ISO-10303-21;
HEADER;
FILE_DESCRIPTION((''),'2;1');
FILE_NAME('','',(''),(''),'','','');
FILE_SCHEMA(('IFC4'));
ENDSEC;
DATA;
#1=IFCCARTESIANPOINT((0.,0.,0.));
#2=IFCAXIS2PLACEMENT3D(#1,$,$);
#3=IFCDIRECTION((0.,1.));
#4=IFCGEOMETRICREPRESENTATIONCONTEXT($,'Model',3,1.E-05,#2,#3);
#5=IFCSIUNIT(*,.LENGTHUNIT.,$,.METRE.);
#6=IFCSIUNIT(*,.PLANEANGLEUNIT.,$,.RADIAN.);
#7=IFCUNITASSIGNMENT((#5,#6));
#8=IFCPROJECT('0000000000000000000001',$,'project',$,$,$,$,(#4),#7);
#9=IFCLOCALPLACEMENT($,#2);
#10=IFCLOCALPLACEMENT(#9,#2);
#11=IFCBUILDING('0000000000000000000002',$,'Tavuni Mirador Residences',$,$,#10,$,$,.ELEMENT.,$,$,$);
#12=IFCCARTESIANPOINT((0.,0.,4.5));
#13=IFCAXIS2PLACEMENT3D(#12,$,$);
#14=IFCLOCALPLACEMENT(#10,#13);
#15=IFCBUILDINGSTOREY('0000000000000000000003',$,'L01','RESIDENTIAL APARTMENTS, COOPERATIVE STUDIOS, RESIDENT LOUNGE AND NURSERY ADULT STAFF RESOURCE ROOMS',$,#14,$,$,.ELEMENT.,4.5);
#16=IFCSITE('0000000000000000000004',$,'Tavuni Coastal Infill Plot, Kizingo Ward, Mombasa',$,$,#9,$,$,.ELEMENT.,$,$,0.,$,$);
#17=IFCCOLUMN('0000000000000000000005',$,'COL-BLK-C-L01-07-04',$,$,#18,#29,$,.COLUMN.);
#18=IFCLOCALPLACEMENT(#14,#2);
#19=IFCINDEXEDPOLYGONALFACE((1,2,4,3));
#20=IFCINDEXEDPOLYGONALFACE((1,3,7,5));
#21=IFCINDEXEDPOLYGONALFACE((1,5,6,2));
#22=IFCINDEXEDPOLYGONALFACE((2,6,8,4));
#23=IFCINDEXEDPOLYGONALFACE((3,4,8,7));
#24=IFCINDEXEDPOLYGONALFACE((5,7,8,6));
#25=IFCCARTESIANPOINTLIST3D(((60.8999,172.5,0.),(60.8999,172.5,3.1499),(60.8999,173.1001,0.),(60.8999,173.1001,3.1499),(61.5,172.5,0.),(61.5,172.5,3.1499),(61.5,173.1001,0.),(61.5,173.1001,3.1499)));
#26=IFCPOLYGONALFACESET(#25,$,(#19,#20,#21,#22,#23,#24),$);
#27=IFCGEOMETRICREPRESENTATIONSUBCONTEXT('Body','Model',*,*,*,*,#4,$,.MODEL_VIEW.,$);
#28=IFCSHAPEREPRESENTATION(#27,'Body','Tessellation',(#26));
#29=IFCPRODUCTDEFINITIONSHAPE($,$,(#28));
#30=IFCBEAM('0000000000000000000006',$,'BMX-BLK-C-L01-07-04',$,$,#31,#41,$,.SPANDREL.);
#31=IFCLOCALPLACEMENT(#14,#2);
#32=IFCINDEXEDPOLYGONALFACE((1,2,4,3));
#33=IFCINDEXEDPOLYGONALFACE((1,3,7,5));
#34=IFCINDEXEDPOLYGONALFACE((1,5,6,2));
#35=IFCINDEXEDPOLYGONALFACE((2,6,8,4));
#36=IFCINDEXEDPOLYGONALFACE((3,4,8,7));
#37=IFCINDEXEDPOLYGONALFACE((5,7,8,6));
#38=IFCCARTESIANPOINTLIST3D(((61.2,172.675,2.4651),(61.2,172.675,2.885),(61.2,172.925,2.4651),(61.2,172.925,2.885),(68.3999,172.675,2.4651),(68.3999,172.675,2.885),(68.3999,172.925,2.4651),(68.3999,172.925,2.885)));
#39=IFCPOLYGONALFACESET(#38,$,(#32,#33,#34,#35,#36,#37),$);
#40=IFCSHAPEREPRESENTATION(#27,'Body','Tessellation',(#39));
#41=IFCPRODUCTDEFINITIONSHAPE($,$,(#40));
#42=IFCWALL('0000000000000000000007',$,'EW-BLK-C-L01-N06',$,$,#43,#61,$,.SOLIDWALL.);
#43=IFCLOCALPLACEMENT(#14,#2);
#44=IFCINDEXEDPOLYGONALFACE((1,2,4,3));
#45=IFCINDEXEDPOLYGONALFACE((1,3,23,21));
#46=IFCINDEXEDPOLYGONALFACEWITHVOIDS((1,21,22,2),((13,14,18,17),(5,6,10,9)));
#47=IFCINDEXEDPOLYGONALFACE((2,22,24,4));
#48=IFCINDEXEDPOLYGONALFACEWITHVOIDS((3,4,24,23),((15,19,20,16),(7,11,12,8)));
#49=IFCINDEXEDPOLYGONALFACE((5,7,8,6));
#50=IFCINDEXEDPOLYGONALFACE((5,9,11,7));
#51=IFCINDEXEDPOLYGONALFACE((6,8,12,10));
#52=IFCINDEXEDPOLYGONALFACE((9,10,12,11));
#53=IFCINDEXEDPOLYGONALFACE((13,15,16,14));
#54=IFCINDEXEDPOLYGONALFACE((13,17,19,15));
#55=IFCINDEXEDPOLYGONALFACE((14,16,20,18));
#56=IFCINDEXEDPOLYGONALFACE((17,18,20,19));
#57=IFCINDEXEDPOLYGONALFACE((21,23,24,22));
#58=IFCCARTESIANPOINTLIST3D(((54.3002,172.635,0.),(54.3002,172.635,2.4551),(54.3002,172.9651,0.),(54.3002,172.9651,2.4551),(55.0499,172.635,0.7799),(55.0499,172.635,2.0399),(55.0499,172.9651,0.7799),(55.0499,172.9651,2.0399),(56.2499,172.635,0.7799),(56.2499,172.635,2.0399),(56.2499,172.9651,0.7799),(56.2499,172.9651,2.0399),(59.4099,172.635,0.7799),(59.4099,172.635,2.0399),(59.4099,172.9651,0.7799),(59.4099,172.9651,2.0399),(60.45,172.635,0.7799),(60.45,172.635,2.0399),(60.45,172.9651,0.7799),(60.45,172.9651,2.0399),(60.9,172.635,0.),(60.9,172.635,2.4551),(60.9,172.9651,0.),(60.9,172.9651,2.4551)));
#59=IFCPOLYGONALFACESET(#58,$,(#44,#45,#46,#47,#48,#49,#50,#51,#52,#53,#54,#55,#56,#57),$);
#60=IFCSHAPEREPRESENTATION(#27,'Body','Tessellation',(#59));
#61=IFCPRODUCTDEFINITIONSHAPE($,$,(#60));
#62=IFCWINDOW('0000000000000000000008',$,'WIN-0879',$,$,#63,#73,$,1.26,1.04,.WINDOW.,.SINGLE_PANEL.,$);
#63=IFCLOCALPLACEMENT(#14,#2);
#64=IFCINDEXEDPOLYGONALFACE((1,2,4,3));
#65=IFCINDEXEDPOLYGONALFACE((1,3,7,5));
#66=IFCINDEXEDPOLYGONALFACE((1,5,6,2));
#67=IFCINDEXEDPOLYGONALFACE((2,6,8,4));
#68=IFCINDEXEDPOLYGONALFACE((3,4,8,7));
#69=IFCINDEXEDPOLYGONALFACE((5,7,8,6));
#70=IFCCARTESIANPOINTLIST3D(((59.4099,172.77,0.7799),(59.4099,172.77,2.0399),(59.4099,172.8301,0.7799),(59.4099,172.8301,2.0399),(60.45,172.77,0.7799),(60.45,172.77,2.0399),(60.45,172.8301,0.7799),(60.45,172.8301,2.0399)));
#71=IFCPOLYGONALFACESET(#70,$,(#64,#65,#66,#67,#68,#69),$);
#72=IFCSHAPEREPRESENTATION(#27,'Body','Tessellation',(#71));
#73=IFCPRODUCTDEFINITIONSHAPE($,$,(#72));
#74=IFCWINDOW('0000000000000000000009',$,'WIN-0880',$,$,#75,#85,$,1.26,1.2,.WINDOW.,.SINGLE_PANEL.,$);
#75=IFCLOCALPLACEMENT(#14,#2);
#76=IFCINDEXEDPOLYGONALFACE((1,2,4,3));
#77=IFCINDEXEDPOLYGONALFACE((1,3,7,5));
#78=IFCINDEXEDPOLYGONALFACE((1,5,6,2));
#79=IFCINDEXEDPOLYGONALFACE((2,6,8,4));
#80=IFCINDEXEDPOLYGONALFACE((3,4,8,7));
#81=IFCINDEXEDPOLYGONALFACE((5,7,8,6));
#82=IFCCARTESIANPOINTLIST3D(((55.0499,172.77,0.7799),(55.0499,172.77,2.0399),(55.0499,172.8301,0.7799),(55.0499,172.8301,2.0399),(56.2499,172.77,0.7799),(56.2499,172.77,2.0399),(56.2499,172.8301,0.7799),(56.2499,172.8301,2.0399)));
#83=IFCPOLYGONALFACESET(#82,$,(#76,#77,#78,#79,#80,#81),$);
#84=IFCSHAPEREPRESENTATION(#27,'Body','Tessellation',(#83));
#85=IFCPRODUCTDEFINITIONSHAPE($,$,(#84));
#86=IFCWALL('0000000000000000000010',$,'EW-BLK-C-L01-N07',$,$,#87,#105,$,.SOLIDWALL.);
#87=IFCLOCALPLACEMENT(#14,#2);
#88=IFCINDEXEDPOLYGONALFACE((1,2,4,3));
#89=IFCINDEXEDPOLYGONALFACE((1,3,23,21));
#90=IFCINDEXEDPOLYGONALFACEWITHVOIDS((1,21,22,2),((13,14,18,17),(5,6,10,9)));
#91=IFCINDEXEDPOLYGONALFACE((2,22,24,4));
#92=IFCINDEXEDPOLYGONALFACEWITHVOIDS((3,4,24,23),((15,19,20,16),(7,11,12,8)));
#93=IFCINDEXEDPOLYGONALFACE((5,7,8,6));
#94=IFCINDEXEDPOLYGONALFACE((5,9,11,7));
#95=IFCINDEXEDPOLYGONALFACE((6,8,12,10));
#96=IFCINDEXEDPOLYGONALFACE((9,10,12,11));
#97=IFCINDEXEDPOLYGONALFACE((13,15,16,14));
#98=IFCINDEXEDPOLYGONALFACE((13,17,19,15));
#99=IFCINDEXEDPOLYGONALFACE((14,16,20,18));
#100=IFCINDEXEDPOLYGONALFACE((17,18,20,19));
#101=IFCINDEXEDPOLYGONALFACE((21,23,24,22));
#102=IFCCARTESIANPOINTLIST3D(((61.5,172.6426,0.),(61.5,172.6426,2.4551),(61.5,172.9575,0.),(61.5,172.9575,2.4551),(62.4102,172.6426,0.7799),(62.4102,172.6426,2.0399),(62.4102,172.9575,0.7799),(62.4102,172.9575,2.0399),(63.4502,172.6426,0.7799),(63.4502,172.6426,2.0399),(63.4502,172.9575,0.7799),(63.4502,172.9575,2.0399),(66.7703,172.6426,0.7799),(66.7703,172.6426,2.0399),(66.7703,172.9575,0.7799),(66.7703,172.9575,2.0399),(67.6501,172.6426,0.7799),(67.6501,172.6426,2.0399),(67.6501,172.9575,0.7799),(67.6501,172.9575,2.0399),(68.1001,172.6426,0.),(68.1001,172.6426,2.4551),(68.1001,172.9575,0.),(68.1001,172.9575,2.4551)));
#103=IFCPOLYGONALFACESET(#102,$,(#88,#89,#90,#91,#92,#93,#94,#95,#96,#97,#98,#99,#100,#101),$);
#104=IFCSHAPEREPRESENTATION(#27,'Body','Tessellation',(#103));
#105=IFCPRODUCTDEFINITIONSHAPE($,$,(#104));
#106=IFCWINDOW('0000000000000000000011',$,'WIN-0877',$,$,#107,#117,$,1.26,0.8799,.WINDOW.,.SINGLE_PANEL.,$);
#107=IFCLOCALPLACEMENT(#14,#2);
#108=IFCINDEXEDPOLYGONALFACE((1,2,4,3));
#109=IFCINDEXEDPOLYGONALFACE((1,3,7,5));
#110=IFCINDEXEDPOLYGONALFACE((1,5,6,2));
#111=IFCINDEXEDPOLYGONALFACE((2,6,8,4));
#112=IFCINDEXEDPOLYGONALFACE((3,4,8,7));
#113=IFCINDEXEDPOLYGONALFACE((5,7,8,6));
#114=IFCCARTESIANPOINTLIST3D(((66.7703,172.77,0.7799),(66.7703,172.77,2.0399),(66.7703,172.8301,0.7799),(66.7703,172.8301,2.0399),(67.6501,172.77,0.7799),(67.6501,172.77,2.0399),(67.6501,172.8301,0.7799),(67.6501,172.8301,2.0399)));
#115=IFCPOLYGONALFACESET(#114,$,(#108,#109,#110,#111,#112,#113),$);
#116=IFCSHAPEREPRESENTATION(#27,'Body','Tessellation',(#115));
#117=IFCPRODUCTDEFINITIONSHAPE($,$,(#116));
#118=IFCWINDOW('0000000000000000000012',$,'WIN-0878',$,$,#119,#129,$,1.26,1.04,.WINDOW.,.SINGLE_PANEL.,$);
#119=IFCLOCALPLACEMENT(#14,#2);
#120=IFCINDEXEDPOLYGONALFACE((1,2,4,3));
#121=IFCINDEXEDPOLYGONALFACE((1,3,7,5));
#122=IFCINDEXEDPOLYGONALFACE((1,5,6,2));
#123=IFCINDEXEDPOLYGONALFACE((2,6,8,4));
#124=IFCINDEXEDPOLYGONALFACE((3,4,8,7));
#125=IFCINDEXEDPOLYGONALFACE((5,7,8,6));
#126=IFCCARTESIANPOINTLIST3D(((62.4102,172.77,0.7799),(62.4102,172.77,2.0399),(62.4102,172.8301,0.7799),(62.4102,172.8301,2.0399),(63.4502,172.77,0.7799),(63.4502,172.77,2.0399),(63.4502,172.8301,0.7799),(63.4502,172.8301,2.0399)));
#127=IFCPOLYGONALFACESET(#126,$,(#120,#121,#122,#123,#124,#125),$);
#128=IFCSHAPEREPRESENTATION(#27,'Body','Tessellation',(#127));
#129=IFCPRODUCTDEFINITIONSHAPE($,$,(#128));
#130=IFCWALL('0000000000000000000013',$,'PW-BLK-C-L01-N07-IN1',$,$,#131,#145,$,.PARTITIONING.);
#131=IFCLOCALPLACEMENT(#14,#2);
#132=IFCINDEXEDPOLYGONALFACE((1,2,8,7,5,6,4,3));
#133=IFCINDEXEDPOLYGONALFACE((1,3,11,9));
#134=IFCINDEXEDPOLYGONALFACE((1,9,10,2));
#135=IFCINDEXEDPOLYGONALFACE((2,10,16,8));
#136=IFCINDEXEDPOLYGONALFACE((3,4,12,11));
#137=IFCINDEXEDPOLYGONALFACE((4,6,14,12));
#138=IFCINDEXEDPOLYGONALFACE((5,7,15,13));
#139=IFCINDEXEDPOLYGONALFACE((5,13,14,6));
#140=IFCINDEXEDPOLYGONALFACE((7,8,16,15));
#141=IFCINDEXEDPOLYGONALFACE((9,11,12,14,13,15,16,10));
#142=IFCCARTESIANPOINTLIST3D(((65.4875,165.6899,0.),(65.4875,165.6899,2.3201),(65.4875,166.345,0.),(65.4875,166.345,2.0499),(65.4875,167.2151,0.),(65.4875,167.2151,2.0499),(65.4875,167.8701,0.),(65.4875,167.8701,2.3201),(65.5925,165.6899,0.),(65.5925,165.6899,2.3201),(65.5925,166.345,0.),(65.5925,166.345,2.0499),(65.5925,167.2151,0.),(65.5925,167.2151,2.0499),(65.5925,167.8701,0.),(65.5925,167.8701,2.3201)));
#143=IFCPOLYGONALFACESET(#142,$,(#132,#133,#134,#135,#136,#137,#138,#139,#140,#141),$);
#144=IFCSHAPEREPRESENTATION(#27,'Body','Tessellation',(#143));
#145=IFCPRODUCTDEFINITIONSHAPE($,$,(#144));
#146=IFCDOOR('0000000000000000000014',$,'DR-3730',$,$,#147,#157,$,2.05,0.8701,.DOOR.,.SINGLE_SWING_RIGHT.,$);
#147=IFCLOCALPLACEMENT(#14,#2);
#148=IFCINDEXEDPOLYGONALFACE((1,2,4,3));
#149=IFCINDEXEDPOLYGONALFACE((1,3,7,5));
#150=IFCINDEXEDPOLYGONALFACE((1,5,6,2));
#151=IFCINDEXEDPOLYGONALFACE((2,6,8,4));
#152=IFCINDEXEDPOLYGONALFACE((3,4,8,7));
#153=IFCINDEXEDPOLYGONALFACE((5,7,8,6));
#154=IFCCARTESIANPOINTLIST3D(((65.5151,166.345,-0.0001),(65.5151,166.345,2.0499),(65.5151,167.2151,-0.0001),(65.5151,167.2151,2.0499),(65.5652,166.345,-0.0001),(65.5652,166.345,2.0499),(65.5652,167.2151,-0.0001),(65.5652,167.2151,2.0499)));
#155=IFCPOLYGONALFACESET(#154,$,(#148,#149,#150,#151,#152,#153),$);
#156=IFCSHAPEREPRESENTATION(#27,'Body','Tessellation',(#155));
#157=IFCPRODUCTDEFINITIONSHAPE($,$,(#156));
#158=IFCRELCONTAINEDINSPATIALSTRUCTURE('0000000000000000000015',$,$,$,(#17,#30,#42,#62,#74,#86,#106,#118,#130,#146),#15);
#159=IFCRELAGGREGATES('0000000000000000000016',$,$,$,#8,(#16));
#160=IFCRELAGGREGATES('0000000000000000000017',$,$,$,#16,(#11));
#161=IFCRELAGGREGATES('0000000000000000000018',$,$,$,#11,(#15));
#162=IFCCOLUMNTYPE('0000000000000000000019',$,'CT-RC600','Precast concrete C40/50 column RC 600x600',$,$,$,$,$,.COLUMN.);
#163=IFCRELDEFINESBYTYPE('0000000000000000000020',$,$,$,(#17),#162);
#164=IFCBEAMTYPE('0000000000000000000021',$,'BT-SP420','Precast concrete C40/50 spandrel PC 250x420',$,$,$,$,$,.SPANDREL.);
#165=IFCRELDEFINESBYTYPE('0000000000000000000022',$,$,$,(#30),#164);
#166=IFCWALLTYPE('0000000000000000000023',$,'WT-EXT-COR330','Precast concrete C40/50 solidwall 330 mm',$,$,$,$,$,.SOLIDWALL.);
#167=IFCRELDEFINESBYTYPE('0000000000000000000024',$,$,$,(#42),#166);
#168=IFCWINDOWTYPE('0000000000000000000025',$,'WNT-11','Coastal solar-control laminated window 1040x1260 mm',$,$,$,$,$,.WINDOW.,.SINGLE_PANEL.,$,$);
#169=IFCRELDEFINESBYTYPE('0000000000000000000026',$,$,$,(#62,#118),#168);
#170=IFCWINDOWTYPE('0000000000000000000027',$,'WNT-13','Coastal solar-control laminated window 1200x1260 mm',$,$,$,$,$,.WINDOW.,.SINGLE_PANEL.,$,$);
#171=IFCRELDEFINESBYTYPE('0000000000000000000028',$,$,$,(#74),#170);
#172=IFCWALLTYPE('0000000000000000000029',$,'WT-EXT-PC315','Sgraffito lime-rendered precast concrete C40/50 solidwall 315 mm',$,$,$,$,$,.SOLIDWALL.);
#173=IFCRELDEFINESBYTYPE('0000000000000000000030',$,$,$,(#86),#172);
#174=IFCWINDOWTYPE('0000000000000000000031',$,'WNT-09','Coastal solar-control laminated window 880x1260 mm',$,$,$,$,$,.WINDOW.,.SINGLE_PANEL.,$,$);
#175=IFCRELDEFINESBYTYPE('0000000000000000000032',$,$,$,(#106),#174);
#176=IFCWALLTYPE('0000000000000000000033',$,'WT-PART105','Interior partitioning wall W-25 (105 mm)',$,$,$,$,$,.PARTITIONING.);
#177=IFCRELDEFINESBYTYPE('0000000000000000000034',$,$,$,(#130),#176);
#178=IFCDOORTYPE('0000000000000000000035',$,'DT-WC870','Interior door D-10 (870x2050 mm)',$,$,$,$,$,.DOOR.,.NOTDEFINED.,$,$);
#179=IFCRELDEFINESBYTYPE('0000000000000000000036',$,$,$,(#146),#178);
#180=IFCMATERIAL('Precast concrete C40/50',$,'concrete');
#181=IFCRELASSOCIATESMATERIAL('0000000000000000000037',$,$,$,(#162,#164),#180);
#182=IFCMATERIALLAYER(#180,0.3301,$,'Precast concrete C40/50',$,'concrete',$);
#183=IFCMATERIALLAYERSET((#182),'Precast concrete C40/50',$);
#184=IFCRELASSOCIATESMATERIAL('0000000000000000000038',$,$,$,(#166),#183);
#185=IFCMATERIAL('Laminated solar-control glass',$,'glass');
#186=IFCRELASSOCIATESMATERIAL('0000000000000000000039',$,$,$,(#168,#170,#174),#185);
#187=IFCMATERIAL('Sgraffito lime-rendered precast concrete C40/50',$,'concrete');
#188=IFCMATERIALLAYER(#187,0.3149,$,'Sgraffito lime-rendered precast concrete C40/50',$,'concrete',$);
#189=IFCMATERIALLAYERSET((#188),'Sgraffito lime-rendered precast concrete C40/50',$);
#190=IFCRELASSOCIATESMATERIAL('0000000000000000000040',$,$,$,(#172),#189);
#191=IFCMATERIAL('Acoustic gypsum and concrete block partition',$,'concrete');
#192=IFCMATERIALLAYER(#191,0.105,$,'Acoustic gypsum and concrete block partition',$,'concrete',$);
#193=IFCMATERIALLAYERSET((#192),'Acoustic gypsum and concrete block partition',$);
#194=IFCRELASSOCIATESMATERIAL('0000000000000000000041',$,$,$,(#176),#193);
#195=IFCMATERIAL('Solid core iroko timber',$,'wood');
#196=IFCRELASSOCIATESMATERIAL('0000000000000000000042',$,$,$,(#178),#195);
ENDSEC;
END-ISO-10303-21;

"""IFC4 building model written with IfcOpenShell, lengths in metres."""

from ifc_helpers import new_model, si_unit, direction, frame, frame_2d, origin, origin_2d, place, context, subcontext, project, spatial, rectangle, extrude, material, layer, layer_set, material_profile, profile_set, type_object, element, fill, save


model = new_model("IFC4")

# Units and contexts
model_context = context("Model", 3, precision=1e-05, world=origin(), true_north=direction((0.0, 1.0)))
body_context = subcontext(model_context, "Body", "Model", "MODEL_VIEW")
ifc_project = project(units=[si_unit("LENGTHUNIT", "METRE"), si_unit("PLANEANGLEUNIT", "RADIAN")], contexts=[model_context])

# Site, building, storey
site_placement = place(None, origin())
site = spatial("IfcSite", under=ifc_project, at=site_placement, Name="Tavuni Coastal Infill Plot, Kizingo Ward, Mombasa", CompositionType="ELEMENT", RefElevation=0.0)
building_placement = place(site_placement, origin())
building = spatial("IfcBuilding", under=site, at=building_placement, Name="Tavuni Mirador Residences", CompositionType="ELEMENT")
storey_placement = place(building_placement, frame((0.0, 0.0, 4.5)))
storey = spatial("IfcBuildingStorey", under=building, at=storey_placement, Name="L01", Description="RESIDENTIAL APARTMENTS, COOPERATIVE STUDIOS, RESIDENT LOUNGE AND NURSERY ADULT STAFF RESOURCE ROOMS", CompositionType="ELEMENT", Elevation=4.5)

# Column
ifc_material_1 = material(Name="Precast concrete C40/50", Category="concrete")
ifc_material_profile_1 = material_profile(ifc_material_1, rectangle(XDim=0.6001, YDim=0.6001, at=origin_2d()), Name="RC 600x600", Category="concrete")
ifc_profile_set_1 = profile_set([ifc_material_profile_1], Name="Precast concrete C40/50")
column_type = type_object("IfcColumnType", Name="CT-RC600", Description="Precast concrete C40/50 column RC 600x600", PredefinedType="COLUMN", material=ifc_profile_set_1)
column_placement = place(storey_placement, frame((61.2, 172.8, 0.0), z_axis=(0.0, 0.0, 1.0), x_axis=(1.0, 0.0, 0.0)))
element("IfcColumn", 1, at=column_placement, inside=storey, type_object=column_type, Name="COL-BLK-C-L01-07-04", PredefinedType="COLUMN", context=body_context, shape_type="SweptSolid", body=[
    extrude(rectangle(XDim=0.6001, YDim=0.6001, at=origin_2d()), origin(), (0.0, 0.0, 1.0), 3.1499),
])

# Beam
ifc_material_profile_2 = material_profile(ifc_material_1, rectangle(XDim=0.25, YDim=0.4199, at=origin_2d()), Name="PC 250x420", Category="concrete")
ifc_profile_set_2 = profile_set([ifc_material_profile_2], Name="Precast concrete C40/50")
beam_type = type_object("IfcBeamType", Name="BT-SP420", Description="Precast concrete C40/50 spandrel PC 250x420", PredefinedType="SPANDREL", material=ifc_profile_set_2)
beam_placement = place(storey_placement, frame((61.2, 172.8, 2.675), z_axis=(1.0, 0.0, 0.0), x_axis=(0.0, 1.0, 0.0)))
element("IfcBeam", 2, at=beam_placement, inside=storey, type_object=beam_type, Name="BMX-BLK-C-L01-07-04", PredefinedType="SPANDREL", context=body_context, shape_type="SweptSolid", body=[
    extrude(rectangle(XDim=0.25, YDim=0.4199, at=origin_2d()), origin(), (0.0, 0.0, 1.0), 7.2),
])

# Walls, openings, windows
ifc_layer_1 = layer(ifc_material_1, 0.3301, Name="Precast concrete C40/50", Category="concrete")
ifc_layer_set_1 = layer_set([ifc_layer_1], Name="Precast concrete C40/50")
wall_type_1 = type_object("IfcWallType", Name="WT-EXT-COR330", Description="Precast concrete C40/50 solidwall 330 mm", PredefinedType="SOLIDWALL", material=ifc_layer_set_1)
wall_1_placement = place(storey_placement, frame((60.8999, 172.8, 0.0), z_axis=(0.0, 0.0, 1.0), x_axis=(-1.0, 0.0, 0.0)))
wall_1 = element("IfcWall", 3, at=wall_1_placement, inside=storey, type_object=wall_type_1, Name="EW-BLK-C-L01-N06", PredefinedType="SOLIDWALL", context=body_context, shape_type="SweptSolid", body=[
    extrude(rectangle(XDim=6.5999, YDim=0.3301, at=frame_2d((3.2998, 0.0))), origin(), (0.0, 0.0, 1.0), 2.4551),
])
opening_1_placement = place(wall_1_placement, frame((0.45, 0.0, 0.78)))
opening_1 = element("IfcOpeningElement", 4, at=opening_1_placement, cuts=wall_1, PredefinedType="OPENING", context=body_context, shape_type="SweptSolid", body=[
    extrude(rectangle(XDim=1.04, YDim=1.26, at=frame_2d((0.52, 0.6299))), frame((0.0, 0.175, 0.0), z_axis=(0.0, -1.0, 0.0), x_axis=(1.0, 0.0, 0.0)), (0.0, 0.0, 1.0), 0.3501),
])
opening_2_placement = place(wall_1_placement, frame((4.6499, 0.0, 0.78)))
opening_2 = element("IfcOpeningElement", 5, at=opening_2_placement, cuts=wall_1, PredefinedType="OPENING", context=body_context, shape_type="SweptSolid", body=[
    extrude(rectangle(XDim=1.2, YDim=1.26, at=frame_2d((0.6001, 0.6299))), frame((0.0, 0.175, 0.0), z_axis=(0.0, -1.0, 0.0), x_axis=(1.0, 0.0, 0.0)), (0.0, 0.0, 1.0), 0.3501),
])
ifc_material_2 = material(Name="Laminated solar-control glass", Category="glass")
window_type_1 = type_object("IfcWindowType", Name="WNT-11", Description="Coastal solar-control laminated window 1040x1260 mm", PartitioningType="SINGLE_PANEL", PredefinedType="WINDOW", material=ifc_material_2)
window_1_placement = place(opening_1_placement, origin())
window_1 = element("IfcWindow", 6, at=window_1_placement, inside=storey, type_object=window_type_1, Name="WIN-0879", OverallHeight=1.26, OverallWidth=1.04, PartitioningType="SINGLE_PANEL", PredefinedType="WINDOW", context=body_context, shape_type="SweptSolid", body=[
    extrude(rectangle(XDim=1.04, YDim=1.26, at=frame_2d((0.52, 0.6299))), frame((0.0, 0.03, 0.0), z_axis=(0.0, -1.0, 0.0), x_axis=(1.0, 0.0, 0.0)), (0.0, 0.0, 1.0), 0.0601),
])
fill(opening_1, window_1)
window_type_2 = type_object("IfcWindowType", Name="WNT-13", Description="Coastal solar-control laminated window 1200x1260 mm", PartitioningType="SINGLE_PANEL", PredefinedType="WINDOW", material=ifc_material_2)
window_2_placement = place(opening_2_placement, origin())
window_2 = element("IfcWindow", 7, at=window_2_placement, inside=storey, type_object=window_type_2, Name="WIN-0880", OverallHeight=1.26, OverallWidth=1.2, PartitioningType="SINGLE_PANEL", PredefinedType="WINDOW", context=body_context, shape_type="SweptSolid", body=[
    extrude(rectangle(XDim=1.2, YDim=1.26, at=frame_2d((0.6001, 0.6299))), frame((0.0, 0.03, 0.0), z_axis=(0.0, -1.0, 0.0), x_axis=(1.0, 0.0, 0.0)), (0.0, 0.0, 1.0), 0.0601),
])
fill(opening_2, window_2)
ifc_material_3 = material(Name="Sgraffito lime-rendered precast concrete C40/50", Category="concrete")
ifc_layer_2 = layer(ifc_material_3, 0.3149, Name="Sgraffito lime-rendered precast concrete C40/50", Category="concrete")
ifc_layer_set_2 = layer_set([ifc_layer_2], Name="Sgraffito lime-rendered precast concrete C40/50")
wall_type_2 = type_object("IfcWallType", Name="WT-EXT-PC315", Description="Sgraffito lime-rendered precast concrete C40/50 solidwall 315 mm", PredefinedType="SOLIDWALL", material=ifc_layer_set_2)
wall_2_placement = place(storey_placement, frame((68.1001, 172.8, 0.0), z_axis=(0.0, 0.0, 1.0), x_axis=(-1.0, 0.0, 0.0)))
wall_2 = element("IfcWall", 8, at=wall_2_placement, inside=storey, type_object=wall_type_2, Name="EW-BLK-C-L01-N07", PredefinedType="SOLIDWALL", context=body_context, shape_type="SweptSolid", body=[
    extrude(rectangle(XDim=6.6001, YDim=0.3149, at=frame_2d((3.3, 0.0))), origin(), (0.0, 0.0, 1.0), 2.4551),
])
opening_3_placement = place(wall_2_placement, frame((0.45, 0.0, 0.78)))
opening_3 = element("IfcOpeningElement", 9, at=opening_3_placement, cuts=wall_2, PredefinedType="OPENING", context=body_context, shape_type="SweptSolid", body=[
    extrude(rectangle(XDim=0.8799, YDim=1.26, at=frame_2d((0.4399, 0.6299))), frame((0.0, 0.1675, 0.0), z_axis=(0.0, -1.0, 0.0), x_axis=(1.0, 0.0, 0.0)), (0.0, 0.0, 1.0), 0.335),
])
opening_4_placement = place(wall_2_placement, frame((4.6499, 0.0, 0.78)))
opening_4 = element("IfcOpeningElement", 10, at=opening_4_placement, cuts=wall_2, PredefinedType="OPENING", context=body_context, shape_type="SweptSolid", body=[
    extrude(rectangle(XDim=1.04, YDim=1.26, at=frame_2d((0.52, 0.6299))), frame((0.0, 0.1675, 0.0), z_axis=(0.0, -1.0, 0.0), x_axis=(1.0, 0.0, 0.0)), (0.0, 0.0, 1.0), 0.335),
])
window_type_3 = type_object("IfcWindowType", Name="WNT-09", Description="Coastal solar-control laminated window 880x1260 mm", PartitioningType="SINGLE_PANEL", PredefinedType="WINDOW", material=ifc_material_2)
window_3_placement = place(opening_3_placement, origin())
window_3 = element("IfcWindow", 11, at=window_3_placement, inside=storey, type_object=window_type_3, Name="WIN-0877", OverallHeight=1.26, OverallWidth=0.8799, PartitioningType="SINGLE_PANEL", PredefinedType="WINDOW", context=body_context, shape_type="SweptSolid", body=[
    extrude(rectangle(XDim=0.8799, YDim=1.26, at=frame_2d((0.4399, 0.6299))), frame((0.0, 0.03, 0.0), z_axis=(0.0, -1.0, 0.0), x_axis=(1.0, 0.0, 0.0)), (0.0, 0.0, 1.0), 0.0601),
])
fill(opening_3, window_3)
window_4_placement = place(opening_4_placement, origin())
window_4 = element("IfcWindow", 12, at=window_4_placement, inside=storey, type_object=window_type_1, Name="WIN-0878", OverallHeight=1.26, OverallWidth=1.04, PartitioningType="SINGLE_PANEL", PredefinedType="WINDOW", context=body_context, shape_type="SweptSolid", body=[
    extrude(rectangle(XDim=1.04, YDim=1.26, at=frame_2d((0.52, 0.6299))), frame((0.0, 0.03, 0.0), z_axis=(0.0, -1.0, 0.0), x_axis=(1.0, 0.0, 0.0)), (0.0, 0.0, 1.0), 0.0601),
])
fill(opening_4, window_4)

# Wall, opening, door
ifc_material_4 = material(Name="Acoustic gypsum and concrete block partition", Category="concrete")
ifc_layer_3 = layer(ifc_material_4, 0.105, Name="Acoustic gypsum and concrete block partition", Category="concrete")
ifc_layer_set_3 = layer_set([ifc_layer_3], Name="Acoustic gypsum and concrete block partition")
wall_type_3 = type_object("IfcWallType", Name="WT-PART105", Description="Interior partitioning wall W-25 (105 mm)", PredefinedType="PARTITIONING", material=ifc_layer_set_3)
wall_3_placement = place(storey_placement, frame((65.54, 165.6899, 0.0), z_axis=(0.0, 0.0, 1.0), x_axis=(0.0, 1.0, 0.0)))
wall_3 = element("IfcWall", 13, at=wall_3_placement, inside=storey, type_object=wall_type_3, Name="PW-BLK-C-L01-N07-IN1", PredefinedType="PARTITIONING", context=body_context, shape_type="SweptSolid", body=[
    extrude(rectangle(XDim=2.1802, YDim=0.105, at=frame_2d((1.0901, 0.0))), origin(), (0.0, 0.0, 1.0), 2.3201),
])
opening_5_placement = place(wall_3_placement, frame((0.655, 0.0, 0.0)))
opening_5 = element("IfcOpeningElement", 14, at=opening_5_placement, cuts=wall_3, PredefinedType="OPENING", context=body_context, shape_type="SweptSolid", body=[
    extrude(rectangle(XDim=0.8701, YDim=2.05, at=frame_2d((0.4351, 1.0249))), frame((0.0, 0.0625, 0.0), z_axis=(0.0, -1.0, 0.0), x_axis=(1.0, 0.0, 0.0)), (0.0, 0.0, 1.0), 0.125),
])
ifc_material_5 = material(Name="Solid core iroko timber", Category="wood")
door_type_1 = type_object("IfcDoorType", Name="DT-WC870", Description="Interior door D-10 (870x2050 mm)", OperationType="NOTDEFINED", PredefinedType="DOOR", material=ifc_material_5)
door_1_placement = place(opening_5_placement, origin())
door_1 = element("IfcDoor", 15, at=door_1_placement, inside=storey, type_object=door_type_1, Name="DR-3730", OperationType="SINGLE_SWING_RIGHT", OverallHeight=2.05, OverallWidth=0.8701, PredefinedType="DOOR", context=body_context, shape_type="SweptSolid", body=[
    extrude(rectangle(XDim=0.8701, YDim=2.05, at=frame_2d((0.4351, 1.0249))), frame((0.0, 0.0249, 0.0), z_axis=(0.0, -1.0, 0.0), x_axis=(1.0, 0.0, 0.0)), (0.0, 0.0, 1.0), 0.05),
])
fill(opening_5, door_1)

save(model, "model.ifc")
